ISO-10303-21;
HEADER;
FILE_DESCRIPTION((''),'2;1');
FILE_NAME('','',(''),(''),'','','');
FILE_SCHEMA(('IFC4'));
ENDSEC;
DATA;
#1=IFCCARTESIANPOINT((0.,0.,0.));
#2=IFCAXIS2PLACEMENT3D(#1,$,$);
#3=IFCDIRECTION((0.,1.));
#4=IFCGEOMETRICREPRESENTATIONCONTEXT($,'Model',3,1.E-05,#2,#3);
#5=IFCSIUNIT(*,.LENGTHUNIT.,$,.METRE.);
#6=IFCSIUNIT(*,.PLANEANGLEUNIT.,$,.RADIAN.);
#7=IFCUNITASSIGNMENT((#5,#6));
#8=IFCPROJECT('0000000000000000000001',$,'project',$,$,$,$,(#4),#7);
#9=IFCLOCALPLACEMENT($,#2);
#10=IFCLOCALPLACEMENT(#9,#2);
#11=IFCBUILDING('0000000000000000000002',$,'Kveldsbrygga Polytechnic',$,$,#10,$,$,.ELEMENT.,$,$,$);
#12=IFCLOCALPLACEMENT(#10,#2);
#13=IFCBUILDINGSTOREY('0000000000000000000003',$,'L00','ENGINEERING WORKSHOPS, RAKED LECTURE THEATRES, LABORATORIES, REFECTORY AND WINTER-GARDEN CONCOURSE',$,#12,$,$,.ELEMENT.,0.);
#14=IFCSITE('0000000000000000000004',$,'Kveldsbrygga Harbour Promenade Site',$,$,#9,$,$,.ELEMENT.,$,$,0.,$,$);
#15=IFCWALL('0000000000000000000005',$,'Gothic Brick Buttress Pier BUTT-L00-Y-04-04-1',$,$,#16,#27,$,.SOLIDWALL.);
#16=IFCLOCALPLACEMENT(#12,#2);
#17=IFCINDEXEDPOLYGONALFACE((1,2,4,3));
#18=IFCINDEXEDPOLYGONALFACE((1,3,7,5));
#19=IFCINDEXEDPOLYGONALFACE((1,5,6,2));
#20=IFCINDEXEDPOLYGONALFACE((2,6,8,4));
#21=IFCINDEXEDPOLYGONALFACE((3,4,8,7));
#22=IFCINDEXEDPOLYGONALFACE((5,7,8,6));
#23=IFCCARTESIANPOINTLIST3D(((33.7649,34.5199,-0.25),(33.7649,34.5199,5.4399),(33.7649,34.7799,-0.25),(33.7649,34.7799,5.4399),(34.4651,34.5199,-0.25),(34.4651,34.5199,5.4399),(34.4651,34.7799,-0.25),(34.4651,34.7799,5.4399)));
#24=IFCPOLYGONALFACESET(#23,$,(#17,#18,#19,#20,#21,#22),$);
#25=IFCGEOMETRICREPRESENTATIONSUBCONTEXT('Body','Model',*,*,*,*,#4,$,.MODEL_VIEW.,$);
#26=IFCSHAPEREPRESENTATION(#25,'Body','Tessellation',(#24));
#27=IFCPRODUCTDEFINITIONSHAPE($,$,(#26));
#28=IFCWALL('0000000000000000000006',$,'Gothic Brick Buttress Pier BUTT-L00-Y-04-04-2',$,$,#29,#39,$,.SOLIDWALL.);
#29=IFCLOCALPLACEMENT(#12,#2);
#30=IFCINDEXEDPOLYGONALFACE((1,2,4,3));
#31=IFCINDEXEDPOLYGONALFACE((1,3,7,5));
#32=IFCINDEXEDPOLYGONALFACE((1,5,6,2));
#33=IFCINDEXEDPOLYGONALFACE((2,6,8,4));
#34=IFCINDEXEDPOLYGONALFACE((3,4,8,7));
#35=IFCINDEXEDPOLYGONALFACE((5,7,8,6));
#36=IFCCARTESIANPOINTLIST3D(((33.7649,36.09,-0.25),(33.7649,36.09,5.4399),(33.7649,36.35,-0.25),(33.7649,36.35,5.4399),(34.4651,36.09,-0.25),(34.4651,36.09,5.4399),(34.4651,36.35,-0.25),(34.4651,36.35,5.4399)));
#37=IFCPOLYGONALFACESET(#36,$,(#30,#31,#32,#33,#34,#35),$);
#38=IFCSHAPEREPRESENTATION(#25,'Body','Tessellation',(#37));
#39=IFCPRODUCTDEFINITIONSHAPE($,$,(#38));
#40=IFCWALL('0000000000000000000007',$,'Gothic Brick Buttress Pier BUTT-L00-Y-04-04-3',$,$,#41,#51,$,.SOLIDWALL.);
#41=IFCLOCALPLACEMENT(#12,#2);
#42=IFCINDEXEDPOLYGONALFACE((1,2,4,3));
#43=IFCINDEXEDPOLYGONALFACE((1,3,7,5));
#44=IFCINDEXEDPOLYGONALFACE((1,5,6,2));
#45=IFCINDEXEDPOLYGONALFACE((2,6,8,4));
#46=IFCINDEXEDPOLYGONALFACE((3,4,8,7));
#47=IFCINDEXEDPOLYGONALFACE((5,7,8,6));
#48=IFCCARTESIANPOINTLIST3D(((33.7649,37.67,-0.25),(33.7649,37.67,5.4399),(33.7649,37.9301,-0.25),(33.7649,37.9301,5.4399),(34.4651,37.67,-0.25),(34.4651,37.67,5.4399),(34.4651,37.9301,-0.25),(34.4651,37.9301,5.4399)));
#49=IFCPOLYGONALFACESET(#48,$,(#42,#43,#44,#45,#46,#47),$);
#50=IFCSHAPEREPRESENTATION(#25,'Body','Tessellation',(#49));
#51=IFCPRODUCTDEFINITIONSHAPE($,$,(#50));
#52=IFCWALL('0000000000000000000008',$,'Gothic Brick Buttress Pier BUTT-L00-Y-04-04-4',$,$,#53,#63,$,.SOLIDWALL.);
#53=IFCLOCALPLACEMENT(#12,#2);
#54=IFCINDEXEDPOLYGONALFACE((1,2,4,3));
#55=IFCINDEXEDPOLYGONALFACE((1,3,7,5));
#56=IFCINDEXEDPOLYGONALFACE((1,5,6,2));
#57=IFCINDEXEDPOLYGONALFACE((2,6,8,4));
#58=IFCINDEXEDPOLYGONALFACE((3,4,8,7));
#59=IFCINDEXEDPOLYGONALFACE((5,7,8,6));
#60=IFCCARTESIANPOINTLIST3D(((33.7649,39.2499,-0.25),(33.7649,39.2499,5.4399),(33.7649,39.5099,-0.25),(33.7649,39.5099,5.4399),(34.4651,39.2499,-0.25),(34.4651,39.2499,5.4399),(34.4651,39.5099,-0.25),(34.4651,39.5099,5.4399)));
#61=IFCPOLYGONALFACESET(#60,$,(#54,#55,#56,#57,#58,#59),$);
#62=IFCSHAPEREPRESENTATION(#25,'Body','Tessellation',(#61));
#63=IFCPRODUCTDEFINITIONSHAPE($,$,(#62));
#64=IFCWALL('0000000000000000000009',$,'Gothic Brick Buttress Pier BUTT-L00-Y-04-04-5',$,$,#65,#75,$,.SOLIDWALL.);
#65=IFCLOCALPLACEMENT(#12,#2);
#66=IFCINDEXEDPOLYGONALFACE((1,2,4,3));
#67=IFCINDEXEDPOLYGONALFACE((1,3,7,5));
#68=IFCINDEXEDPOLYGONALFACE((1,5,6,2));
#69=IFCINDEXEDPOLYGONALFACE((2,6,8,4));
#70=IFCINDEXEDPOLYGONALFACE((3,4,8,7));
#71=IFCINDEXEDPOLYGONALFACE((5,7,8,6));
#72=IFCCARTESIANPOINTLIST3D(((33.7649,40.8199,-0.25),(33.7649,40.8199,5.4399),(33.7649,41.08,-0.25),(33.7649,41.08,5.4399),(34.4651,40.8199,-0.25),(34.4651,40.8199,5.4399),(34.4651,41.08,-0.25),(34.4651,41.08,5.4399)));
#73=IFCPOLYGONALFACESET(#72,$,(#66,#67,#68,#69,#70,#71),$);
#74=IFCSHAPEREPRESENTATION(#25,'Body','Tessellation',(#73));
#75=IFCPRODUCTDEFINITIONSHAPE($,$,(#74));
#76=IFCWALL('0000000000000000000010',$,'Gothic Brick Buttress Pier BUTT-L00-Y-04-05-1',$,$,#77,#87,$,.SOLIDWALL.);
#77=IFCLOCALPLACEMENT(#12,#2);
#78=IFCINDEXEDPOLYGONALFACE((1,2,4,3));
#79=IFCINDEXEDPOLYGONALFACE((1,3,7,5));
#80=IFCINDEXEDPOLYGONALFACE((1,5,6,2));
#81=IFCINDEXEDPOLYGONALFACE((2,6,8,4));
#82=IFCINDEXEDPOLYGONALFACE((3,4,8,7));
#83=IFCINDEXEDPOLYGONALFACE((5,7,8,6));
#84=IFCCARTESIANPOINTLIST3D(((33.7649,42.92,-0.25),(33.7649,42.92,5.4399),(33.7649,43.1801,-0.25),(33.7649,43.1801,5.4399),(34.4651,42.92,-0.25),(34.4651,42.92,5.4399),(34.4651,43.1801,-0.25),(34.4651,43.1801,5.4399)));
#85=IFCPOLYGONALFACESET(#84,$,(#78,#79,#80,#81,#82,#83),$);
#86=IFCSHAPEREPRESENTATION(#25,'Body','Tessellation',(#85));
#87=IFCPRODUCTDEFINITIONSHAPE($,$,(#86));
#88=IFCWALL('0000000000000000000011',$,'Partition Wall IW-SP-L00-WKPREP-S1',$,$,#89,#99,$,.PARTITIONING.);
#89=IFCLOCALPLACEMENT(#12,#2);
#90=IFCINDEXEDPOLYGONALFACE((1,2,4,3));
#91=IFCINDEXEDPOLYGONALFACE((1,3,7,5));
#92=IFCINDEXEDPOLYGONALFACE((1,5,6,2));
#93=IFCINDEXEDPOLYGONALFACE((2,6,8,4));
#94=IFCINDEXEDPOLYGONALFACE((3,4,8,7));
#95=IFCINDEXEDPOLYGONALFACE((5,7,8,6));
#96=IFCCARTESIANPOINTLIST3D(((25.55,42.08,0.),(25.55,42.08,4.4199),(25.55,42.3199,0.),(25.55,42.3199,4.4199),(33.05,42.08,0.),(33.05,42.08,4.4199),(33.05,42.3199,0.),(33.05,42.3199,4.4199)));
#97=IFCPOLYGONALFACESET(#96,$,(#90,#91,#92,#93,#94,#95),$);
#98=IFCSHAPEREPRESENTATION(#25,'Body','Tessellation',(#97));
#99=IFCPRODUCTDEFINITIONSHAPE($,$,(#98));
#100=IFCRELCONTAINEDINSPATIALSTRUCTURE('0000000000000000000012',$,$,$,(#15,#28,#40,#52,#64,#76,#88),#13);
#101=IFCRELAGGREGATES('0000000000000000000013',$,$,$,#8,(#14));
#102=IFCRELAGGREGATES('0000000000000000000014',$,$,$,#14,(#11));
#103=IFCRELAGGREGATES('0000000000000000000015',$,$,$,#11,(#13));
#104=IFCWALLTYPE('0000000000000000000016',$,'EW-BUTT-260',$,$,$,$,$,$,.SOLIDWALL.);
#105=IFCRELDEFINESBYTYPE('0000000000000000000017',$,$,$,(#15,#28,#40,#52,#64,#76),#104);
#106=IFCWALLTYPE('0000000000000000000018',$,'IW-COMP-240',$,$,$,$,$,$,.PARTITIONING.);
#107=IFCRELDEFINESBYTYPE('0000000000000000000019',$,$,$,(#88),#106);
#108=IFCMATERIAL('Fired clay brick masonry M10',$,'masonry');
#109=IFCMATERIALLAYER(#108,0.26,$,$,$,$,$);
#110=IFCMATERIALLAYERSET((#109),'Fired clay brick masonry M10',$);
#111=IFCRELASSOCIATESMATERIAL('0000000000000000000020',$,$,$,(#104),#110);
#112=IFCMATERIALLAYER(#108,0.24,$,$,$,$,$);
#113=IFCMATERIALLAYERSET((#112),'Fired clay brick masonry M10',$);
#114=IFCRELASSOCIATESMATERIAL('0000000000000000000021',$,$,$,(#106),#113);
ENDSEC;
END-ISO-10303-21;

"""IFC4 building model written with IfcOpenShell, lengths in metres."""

from ifc_helpers import new_model, si_unit, direction, frame, frame_2d, origin, place, context, subcontext, project, spatial, rectangle, extrude, material, layer, layer_set, type_object, element, save


model = new_model("IFC4")

# Units and contexts
model_context = context("Model", 3, precision=1e-05, world=origin(), true_north=direction((0.0, 1.0)))
body_context = subcontext(model_context, "Body", "Model", "MODEL_VIEW")
ifc_project = project(units=[si_unit("LENGTHUNIT", "METRE"), si_unit("PLANEANGLEUNIT", "RADIAN")], contexts=[model_context])

# Site, building, storey
site_placement = place(None, origin())
site = spatial("IfcSite", under=ifc_project, at=site_placement, Name="Kveldsbrygga Harbour Promenade Site", CompositionType="ELEMENT", RefElevation=0.0)
building_placement = place(site_placement, origin())
building = spatial("IfcBuilding", under=site, at=building_placement, Name="Kveldsbrygga Polytechnic", CompositionType="ELEMENT")
storey_placement = place(building_placement, origin())
storey = spatial("IfcBuildingStorey", under=building, at=storey_placement, Name="L00", Description="ENGINEERING WORKSHOPS, RAKED LECTURE THEATRES, LABORATORIES, REFECTORY AND WINTER-GARDEN CONCOURSE", CompositionType="ELEMENT", Elevation=0.0)

# Shared definitions
ifc_material_1 = material(Name="Fired clay brick masonry M10", Category="masonry")

# Walls
ifc_layer_1 = layer(ifc_material_1, 0.26)
ifc_layer_set_1 = layer_set([ifc_layer_1], Name="Fired clay brick masonry M10")
wall_type_1 = type_object("IfcWallType", Name="EW-BUTT-260", PredefinedType="SOLIDWALL", material=ifc_layer_set_1)
for number, where, z_axis, x_axis, name in (
    (1, (33.7649, 34.6499, -0.25), (0.0, 0.0, 1.0), (1.0, 0.0, 0.0), "Gothic Brick Buttress Pier BUTT-L00-Y-04-04-1"),
    (2, (33.7649, 36.22, -0.25), (0.0, 0.0, 1.0), (1.0, 0.0, 0.0), "Gothic Brick Buttress Pier BUTT-L00-Y-04-04-2"),
    (3, (33.7649, 37.8, -0.25), (0.0, 0.0, 1.0), (1.0, 0.0, 0.0), "Gothic Brick Buttress Pier BUTT-L00-Y-04-04-3"),
    (4, (33.7649, 39.3799, -0.25), (0.0, 0.0, 1.0), (1.0, 0.0, 0.0), "Gothic Brick Buttress Pier BUTT-L00-Y-04-04-4"),
    (5, (33.7649, 40.95, -0.25), (0.0, 0.0, 1.0), (1.0, 0.0, 0.0), "Gothic Brick Buttress Pier BUTT-L00-Y-04-04-5"),
    (6, (33.7649, 43.05, -0.25), (0.0, 0.0, 1.0), (1.0, 0.0, 0.0), "Gothic Brick Buttress Pier BUTT-L00-Y-04-05-1"),
):
    element("IfcWall", number, at=place(storey_placement, frame(where, z_axis=z_axis, x_axis=x_axis)), inside=storey, type_object=wall_type_1, Name=name, PredefinedType="SOLIDWALL", context=body_context, shape_type="SweptSolid", body=[
        extrude(rectangle(XDim=0.7002, YDim=0.26, at=frame_2d((0.3501, 0.0))), origin(), (0.0, 0.0, 1.0), 5.6899),
    ])
ifc_layer_2 = layer(ifc_material_1, 0.24)
ifc_layer_set_2 = layer_set([ifc_layer_2], Name="Fired clay brick masonry M10")
wall_type_2 = type_object("IfcWallType", Name="IW-COMP-240", PredefinedType="PARTITIONING", material=ifc_layer_set_2)
wall_1_placement = place(storey_placement, frame((25.55, 42.2, 0.0), z_axis=(0.0, 0.0, 1.0), x_axis=(1.0, 0.0, 0.0)))
element("IfcWall", 7, at=wall_1_placement, inside=storey, type_object=wall_type_2, Name="Partition Wall IW-SP-L00-WKPREP-S1", PredefinedType="PARTITIONING", context=body_context, shape_type="SweptSolid", body=[
    extrude(rectangle(XDim=7.5, YDim=0.24, at=frame_2d((3.75, 0.0))), origin(), (0.0, 0.0, 1.0), 4.4199),
])

save(model, "model.ifc")
